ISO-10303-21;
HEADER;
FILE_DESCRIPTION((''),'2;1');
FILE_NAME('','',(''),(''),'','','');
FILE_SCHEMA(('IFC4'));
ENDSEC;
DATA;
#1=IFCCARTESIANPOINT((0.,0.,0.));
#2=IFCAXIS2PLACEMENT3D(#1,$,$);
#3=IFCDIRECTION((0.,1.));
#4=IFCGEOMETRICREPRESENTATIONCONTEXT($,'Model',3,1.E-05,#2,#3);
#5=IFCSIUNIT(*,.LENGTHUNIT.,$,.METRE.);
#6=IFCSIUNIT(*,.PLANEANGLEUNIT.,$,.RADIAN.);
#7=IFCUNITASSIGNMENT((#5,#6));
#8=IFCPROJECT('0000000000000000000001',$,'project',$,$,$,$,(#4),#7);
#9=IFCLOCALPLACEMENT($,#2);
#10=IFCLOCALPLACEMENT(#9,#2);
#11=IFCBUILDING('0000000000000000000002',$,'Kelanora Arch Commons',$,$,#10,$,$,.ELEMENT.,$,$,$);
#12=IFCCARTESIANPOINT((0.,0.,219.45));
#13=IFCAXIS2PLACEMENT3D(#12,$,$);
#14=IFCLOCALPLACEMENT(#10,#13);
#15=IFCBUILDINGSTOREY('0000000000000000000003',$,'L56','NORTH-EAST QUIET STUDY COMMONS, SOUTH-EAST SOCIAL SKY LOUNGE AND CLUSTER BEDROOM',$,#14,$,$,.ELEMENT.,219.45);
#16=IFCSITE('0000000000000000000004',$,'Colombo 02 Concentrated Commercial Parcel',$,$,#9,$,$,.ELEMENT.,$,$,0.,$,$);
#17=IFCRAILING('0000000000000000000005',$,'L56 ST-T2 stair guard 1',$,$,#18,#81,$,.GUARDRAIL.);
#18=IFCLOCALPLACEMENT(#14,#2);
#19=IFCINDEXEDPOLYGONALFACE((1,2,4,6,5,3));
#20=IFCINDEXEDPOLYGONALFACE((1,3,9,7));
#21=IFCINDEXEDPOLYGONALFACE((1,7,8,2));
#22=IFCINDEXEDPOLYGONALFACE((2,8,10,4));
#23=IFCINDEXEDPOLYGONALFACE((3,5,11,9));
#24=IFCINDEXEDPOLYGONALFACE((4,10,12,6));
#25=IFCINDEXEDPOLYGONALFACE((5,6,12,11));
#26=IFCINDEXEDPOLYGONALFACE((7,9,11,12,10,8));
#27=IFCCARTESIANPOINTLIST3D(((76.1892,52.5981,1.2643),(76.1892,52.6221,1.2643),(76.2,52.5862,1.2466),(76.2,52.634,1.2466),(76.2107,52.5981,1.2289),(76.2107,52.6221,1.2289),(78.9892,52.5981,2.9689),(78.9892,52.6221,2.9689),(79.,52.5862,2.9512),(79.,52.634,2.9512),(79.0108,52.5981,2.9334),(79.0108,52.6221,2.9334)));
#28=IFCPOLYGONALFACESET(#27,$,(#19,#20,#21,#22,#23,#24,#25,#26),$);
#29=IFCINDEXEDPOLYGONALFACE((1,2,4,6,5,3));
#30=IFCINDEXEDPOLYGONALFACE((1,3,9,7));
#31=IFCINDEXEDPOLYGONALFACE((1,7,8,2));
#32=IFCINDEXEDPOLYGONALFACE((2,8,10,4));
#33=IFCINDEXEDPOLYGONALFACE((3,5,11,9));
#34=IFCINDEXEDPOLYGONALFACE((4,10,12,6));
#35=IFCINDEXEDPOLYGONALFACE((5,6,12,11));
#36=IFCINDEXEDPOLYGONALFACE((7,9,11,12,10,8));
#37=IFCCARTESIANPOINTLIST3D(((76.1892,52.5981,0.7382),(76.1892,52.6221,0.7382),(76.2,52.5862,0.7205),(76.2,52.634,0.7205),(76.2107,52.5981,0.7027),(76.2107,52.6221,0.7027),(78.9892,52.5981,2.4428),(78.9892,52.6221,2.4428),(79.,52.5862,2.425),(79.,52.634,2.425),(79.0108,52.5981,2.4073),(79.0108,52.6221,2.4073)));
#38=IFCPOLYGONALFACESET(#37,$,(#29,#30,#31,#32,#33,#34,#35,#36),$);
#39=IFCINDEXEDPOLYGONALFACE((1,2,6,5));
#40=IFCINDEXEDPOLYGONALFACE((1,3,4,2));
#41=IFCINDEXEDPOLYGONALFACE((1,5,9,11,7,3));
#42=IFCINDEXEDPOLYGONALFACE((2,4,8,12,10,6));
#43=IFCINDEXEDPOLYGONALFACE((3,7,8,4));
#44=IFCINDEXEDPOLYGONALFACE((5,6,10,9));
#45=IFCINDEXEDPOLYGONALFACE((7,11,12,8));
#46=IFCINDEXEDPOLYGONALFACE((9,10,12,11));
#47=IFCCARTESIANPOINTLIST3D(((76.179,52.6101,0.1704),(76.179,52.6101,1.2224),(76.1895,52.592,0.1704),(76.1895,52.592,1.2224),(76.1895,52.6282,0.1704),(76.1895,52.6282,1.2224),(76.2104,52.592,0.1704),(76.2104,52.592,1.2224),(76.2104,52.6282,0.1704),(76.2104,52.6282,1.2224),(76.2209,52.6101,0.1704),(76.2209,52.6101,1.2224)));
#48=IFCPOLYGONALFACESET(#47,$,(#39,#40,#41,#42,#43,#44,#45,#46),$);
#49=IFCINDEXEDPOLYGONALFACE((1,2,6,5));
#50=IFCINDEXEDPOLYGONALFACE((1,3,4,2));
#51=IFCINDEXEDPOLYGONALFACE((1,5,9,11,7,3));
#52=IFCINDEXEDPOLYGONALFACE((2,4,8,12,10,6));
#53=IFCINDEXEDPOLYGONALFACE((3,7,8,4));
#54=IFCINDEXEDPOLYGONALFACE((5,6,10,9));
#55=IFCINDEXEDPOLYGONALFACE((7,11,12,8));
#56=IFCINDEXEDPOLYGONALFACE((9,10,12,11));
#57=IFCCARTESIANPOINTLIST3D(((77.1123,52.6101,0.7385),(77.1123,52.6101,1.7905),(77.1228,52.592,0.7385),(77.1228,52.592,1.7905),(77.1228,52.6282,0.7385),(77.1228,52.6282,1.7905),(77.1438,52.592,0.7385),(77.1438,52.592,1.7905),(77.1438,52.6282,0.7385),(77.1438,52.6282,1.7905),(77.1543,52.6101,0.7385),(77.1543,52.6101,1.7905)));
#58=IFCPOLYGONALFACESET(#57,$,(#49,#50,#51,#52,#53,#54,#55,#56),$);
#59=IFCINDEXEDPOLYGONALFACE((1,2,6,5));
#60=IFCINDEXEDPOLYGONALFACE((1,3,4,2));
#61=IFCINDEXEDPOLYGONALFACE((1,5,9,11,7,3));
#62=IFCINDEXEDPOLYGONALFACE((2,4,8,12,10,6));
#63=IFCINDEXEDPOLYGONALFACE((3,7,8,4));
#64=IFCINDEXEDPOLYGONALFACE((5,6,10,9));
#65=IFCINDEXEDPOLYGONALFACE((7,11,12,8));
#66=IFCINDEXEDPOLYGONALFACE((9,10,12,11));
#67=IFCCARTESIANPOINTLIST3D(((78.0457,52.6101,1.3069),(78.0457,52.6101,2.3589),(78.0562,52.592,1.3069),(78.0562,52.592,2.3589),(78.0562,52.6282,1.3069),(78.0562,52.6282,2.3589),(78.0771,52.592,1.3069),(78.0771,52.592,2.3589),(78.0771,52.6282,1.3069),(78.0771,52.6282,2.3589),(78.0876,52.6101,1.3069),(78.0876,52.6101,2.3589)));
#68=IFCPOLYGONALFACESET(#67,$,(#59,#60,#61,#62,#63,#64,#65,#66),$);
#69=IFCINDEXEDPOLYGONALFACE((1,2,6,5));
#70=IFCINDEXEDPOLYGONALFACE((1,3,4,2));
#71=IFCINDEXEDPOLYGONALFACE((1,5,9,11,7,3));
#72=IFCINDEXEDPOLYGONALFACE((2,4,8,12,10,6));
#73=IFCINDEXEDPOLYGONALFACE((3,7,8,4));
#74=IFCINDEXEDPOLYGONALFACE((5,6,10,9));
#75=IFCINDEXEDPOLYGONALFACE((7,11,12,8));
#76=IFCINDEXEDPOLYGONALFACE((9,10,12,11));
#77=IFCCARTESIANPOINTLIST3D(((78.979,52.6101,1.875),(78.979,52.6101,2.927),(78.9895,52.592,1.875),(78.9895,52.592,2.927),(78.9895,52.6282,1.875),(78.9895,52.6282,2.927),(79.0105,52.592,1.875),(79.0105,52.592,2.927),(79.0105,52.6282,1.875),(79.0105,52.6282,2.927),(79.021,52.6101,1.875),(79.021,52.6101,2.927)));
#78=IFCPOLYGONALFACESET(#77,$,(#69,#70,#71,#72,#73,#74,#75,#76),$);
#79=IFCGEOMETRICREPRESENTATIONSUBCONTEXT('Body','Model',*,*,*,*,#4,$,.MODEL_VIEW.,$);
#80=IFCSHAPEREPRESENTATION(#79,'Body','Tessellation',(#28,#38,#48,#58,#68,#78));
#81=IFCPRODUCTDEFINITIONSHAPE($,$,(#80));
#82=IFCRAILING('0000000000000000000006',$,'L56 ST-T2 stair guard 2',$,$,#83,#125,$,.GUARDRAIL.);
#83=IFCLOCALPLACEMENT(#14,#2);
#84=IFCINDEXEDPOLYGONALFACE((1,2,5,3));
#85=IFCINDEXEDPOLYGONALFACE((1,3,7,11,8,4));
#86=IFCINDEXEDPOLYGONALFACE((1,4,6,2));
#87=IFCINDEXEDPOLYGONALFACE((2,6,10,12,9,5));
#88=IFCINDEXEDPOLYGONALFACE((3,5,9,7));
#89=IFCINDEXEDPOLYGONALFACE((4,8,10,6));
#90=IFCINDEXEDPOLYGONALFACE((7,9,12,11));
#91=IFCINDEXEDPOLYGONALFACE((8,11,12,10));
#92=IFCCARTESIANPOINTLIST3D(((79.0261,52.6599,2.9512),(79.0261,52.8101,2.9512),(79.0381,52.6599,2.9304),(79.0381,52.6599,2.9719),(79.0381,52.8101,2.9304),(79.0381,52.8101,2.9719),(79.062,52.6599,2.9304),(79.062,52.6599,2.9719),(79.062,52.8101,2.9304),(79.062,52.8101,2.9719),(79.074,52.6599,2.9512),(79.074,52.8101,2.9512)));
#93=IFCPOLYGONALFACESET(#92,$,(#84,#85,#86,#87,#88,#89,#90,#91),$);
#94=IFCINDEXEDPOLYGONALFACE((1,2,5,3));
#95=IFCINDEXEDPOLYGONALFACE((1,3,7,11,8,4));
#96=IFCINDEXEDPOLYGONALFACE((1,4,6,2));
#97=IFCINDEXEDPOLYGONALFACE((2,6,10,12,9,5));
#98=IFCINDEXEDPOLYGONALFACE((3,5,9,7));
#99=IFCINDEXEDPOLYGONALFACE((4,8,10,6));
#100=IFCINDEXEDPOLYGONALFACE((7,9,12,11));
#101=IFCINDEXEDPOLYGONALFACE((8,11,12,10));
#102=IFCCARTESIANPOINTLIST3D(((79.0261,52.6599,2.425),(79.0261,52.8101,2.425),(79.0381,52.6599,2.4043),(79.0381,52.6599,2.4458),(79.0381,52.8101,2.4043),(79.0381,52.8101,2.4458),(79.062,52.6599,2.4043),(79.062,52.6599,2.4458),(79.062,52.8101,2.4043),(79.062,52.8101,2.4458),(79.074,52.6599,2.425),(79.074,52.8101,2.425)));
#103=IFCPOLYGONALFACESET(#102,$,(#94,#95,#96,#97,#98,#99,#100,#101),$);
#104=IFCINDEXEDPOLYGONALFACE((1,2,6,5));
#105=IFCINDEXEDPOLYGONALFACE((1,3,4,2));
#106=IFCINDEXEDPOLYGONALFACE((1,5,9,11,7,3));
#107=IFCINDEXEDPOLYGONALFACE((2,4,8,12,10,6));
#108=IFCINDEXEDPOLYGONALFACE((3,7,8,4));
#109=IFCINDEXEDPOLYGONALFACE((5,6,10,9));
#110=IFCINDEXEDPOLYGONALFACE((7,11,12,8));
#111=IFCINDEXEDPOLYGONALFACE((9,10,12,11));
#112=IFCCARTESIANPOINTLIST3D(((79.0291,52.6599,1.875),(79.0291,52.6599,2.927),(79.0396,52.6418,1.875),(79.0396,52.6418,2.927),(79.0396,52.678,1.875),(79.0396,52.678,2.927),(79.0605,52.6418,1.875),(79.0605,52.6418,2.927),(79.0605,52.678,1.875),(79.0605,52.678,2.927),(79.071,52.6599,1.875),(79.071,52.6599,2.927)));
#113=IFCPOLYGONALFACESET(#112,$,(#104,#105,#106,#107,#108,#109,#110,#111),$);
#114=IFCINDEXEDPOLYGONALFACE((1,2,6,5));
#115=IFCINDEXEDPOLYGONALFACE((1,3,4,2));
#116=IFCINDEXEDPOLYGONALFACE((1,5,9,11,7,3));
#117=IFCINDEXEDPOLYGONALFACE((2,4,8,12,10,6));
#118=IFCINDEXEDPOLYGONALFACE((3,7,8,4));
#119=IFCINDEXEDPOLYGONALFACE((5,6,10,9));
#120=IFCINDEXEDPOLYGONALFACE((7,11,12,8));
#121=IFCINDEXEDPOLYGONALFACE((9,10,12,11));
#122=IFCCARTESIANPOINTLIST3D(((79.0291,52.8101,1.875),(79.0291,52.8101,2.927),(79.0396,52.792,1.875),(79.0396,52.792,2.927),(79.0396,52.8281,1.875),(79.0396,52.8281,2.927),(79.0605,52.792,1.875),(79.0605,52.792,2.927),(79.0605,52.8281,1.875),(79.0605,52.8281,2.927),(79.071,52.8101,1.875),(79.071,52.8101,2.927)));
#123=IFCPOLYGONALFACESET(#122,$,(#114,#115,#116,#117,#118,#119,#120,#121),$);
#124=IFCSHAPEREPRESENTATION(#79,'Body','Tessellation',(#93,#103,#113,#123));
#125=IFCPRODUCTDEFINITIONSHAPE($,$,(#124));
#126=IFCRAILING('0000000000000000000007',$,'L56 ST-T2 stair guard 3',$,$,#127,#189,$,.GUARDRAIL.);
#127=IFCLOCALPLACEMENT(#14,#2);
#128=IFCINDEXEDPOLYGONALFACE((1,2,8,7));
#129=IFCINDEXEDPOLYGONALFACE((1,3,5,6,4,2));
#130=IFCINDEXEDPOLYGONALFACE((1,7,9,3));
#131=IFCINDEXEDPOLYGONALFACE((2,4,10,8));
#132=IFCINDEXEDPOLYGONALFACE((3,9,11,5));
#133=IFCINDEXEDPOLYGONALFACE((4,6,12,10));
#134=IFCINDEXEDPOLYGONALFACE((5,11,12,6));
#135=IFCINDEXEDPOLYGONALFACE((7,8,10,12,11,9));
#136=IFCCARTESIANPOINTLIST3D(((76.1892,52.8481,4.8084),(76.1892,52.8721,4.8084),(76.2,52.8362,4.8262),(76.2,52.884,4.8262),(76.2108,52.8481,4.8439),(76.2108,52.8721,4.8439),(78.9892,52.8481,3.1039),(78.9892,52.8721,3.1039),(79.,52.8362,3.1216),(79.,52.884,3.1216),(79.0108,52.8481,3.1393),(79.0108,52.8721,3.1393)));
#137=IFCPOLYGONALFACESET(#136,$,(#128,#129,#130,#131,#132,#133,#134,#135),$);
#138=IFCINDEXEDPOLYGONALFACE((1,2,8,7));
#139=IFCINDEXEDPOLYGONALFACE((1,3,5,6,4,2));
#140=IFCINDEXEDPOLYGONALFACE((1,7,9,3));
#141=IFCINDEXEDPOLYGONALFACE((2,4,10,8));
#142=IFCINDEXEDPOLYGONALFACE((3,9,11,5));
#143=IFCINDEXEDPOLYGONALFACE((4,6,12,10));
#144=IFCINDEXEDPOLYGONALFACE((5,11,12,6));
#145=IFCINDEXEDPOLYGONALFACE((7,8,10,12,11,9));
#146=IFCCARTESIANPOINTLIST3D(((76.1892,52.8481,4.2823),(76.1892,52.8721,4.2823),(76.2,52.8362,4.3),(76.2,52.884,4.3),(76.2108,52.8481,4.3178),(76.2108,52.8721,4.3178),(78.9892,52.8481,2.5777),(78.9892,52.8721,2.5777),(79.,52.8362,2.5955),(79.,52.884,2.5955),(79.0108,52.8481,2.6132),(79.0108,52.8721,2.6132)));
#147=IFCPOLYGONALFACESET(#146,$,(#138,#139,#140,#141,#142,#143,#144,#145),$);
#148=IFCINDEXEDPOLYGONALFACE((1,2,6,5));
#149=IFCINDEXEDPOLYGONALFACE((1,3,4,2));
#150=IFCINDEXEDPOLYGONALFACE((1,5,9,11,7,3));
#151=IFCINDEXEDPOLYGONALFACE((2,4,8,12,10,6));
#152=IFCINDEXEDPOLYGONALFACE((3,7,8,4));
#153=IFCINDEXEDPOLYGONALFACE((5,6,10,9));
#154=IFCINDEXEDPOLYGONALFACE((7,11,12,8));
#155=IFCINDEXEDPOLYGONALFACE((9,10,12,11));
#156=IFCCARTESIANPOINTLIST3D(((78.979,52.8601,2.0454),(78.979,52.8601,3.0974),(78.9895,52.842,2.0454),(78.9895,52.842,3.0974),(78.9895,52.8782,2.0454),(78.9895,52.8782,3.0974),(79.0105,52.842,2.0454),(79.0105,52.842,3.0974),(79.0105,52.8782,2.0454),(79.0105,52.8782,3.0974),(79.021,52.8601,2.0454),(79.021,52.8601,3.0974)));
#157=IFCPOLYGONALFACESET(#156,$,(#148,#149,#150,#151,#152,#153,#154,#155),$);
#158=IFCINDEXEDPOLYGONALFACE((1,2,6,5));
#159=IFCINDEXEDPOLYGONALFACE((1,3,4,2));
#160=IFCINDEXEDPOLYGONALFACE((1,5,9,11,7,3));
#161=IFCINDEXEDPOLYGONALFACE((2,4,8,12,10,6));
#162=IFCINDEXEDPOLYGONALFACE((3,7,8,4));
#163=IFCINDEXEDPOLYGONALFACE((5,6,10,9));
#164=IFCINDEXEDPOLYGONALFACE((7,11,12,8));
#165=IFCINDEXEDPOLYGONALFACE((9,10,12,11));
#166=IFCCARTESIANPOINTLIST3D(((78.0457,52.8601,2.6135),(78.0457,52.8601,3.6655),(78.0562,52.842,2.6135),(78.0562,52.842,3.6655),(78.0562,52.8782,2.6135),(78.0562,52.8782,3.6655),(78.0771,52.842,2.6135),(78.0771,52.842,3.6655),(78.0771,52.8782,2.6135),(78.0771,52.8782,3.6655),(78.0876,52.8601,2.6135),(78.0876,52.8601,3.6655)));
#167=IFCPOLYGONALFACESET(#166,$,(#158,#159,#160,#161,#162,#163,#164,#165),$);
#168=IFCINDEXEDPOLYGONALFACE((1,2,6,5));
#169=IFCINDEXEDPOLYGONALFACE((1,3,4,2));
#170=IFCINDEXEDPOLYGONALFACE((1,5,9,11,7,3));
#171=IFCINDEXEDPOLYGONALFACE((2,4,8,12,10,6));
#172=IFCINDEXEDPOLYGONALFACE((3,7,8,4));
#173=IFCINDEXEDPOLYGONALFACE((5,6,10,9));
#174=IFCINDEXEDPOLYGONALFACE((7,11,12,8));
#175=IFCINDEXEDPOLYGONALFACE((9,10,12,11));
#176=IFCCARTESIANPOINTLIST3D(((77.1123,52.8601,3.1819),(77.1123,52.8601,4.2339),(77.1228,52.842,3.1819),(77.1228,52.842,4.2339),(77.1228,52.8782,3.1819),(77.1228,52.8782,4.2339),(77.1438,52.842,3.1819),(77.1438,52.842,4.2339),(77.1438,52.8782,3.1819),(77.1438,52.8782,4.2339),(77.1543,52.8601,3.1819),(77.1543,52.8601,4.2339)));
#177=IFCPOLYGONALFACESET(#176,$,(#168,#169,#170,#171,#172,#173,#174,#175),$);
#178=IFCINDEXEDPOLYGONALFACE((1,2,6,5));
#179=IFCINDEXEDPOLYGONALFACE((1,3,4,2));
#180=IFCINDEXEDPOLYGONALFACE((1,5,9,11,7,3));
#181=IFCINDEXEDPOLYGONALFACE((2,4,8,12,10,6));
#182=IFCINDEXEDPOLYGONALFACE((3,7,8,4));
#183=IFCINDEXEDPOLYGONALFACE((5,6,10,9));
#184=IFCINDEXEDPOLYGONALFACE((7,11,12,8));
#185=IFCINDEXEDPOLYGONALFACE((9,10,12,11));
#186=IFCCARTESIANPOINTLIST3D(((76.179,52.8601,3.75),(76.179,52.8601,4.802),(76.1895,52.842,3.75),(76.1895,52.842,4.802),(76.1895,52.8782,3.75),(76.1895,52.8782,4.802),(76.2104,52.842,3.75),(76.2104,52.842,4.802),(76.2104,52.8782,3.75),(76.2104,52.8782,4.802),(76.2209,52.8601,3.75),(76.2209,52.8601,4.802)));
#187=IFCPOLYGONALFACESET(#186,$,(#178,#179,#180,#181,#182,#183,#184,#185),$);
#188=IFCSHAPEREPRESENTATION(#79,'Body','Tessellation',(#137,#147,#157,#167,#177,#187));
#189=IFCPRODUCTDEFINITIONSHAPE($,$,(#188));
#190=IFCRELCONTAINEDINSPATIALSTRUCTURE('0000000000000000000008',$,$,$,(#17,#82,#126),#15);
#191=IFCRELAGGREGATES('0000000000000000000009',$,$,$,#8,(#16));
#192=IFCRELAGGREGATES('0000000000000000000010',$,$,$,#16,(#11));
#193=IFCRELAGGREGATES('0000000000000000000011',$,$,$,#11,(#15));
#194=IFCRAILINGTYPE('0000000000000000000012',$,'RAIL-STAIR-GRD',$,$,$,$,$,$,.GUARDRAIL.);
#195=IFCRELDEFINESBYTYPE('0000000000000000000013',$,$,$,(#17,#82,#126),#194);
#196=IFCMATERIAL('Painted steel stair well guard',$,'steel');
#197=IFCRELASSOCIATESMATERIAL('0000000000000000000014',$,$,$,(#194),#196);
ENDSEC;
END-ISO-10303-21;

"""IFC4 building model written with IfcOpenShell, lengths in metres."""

from ifc_helpers import new_model, si_unit, direction, frame, origin, place, context, subcontext, project, spatial, polyline, outline, extrude, material, type_object, element, save


model = new_model("IFC4")

# Units and contexts
model_context = context("Model", 3, precision=1e-05, world=origin(), true_north=direction((0.0, 1.0)))
body_context = subcontext(model_context, "Body", "Model", "MODEL_VIEW")
ifc_project = project(units=[si_unit("LENGTHUNIT", "METRE"), si_unit("PLANEANGLEUNIT", "RADIAN")], contexts=[model_context])

# Site, building, storey
site_placement = place(None, origin())
site = spatial("IfcSite", under=ifc_project, at=site_placement, Name="Colombo 02 Concentrated Commercial Parcel", CompositionType="ELEMENT", RefElevation=0.0)
building_placement = place(site_placement, origin())
building = spatial("IfcBuilding", under=site, at=building_placement, Name="Kelanora Arch Commons", CompositionType="ELEMENT")
storey_placement = place(building_placement, frame((0.0, 0.0, 219.45)))
storey = spatial("IfcBuildingStorey", under=building, at=storey_placement, Name="L56", Description="NORTH-EAST QUIET STUDY COMMONS, SOUTH-EAST SOCIAL SKY LOUNGE AND CLUSTER BEDROOM", CompositionType="ELEMENT", Elevation=219.45)

# Railings
ifc_material_1 = material(Name="Painted steel stair well guard", Category="steel")
railing_type_1 = type_object("IfcRailingType", Name="RAIL-STAIR-GRD", PredefinedType="GUARDRAIL", material=ifc_material_1)
railing_1_placement = place(storey_placement, frame((76.2, 52.6101, 0.1704)))
element("IfcRailing", 1, at=railing_1_placement, inside=storey, type_object=railing_type_1, Name="L56 ST-T2 stair guard 1", PredefinedType="GUARDRAIL", context=body_context, shape_type="SweptSolid", body=[
    extrude(outline(polyline([(0.0239, 0.0), (0.012, 0.0208), (-0.012, 0.0208), (-0.0239, 0.0), (-0.012, -0.0208), (0.012, -0.0208), (0.0239, 0.0)])), frame((0.0, 0.0, 1.0762), z_axis=(0.85417, 0.0, 0.519994), x_axis=(0.0, 1.0, 0.0)), (0.0, 0.0, 1.0), 3.2781),
    extrude(outline(polyline([(0.0239, 0.0), (0.012, 0.0208), (-0.012, 0.0208), (-0.0239, 0.0), (-0.012, -0.0208), (0.012, -0.0208), (0.0239, 0.0)])), frame((0.0, 0.0, 0.55), z_axis=(0.85417, 0.0, 0.519994), x_axis=(0.0, 1.0, 0.0)), (0.0, 0.0, 1.0), 3.2781),
    extrude(outline(polyline([(0.021, 0.0), (0.0105, 0.0181), (-0.0105, 0.0181), (-0.021, 0.0), (-0.0105, -0.0181), (0.0105, -0.0181), (0.021, 0.0)])), origin(), (0.0, 0.0, 1.0), 1.052),
    extrude(outline(polyline([(0.021, 0.0), (0.0105, 0.0181), (-0.0105, 0.0181), (-0.021, 0.0), (-0.0105, -0.0181), (0.0105, -0.0181), (0.021, 0.0)])), frame((0.9333, 0.0, 0.5681)), (0.0, 0.0, 1.0), 1.052),
    extrude(outline(polyline([(0.021, 0.0), (0.0105, 0.0181), (-0.0105, 0.0181), (-0.021, 0.0), (-0.0105, -0.0181), (0.0105, -0.0181), (0.021, 0.0)])), frame((1.8667, 0.0, 1.1365)), (0.0, 0.0, 1.0), 1.052),
    extrude(outline(polyline([(0.021, 0.0), (0.0105, 0.0181), (-0.0105, 0.0181), (-0.021, 0.0), (-0.0105, -0.0181), (0.0105, -0.0181), (0.021, 0.0)])), frame((2.8, 0.0, 1.7046)), (0.0, 0.0, 1.0), 1.052),
])
railing_2_placement = place(storey_placement, frame((79.05, 52.6599, 1.875)))
element("IfcRailing", 2, at=railing_2_placement, inside=storey, type_object=railing_type_1, Name="L56 ST-T2 stair guard 2", PredefinedType="GUARDRAIL", context=body_context, shape_type="SweptSolid", body=[
    extrude(outline(polyline([(0.0239, 0.0), (0.012, 0.0208), (-0.012, 0.0208), (-0.0239, 0.0), (-0.012, -0.0208), (0.012, -0.0208), (0.0239, 0.0)])), frame((0.0, 0.0, 1.0762), z_axis=(0.0, 1.0, 0.0), x_axis=(-1.0, 0.0, 0.0)), (0.0, 0.0, 1.0), 0.1501),
    extrude(outline(polyline([(0.0239, 0.0), (0.012, 0.0208), (-0.012, 0.0208), (-0.0239, 0.0), (-0.012, -0.0208), (0.012, -0.0208), (0.0239, 0.0)])), frame((0.0, 0.0, 0.55), z_axis=(0.0, 1.0, 0.0), x_axis=(-1.0, 0.0, 0.0)), (0.0, 0.0, 1.0), 0.1501),
    extrude(outline(polyline([(0.021, 0.0), (0.0105, 0.0181), (-0.0105, 0.0181), (-0.021, 0.0), (-0.0105, -0.0181), (0.0105, -0.0181), (0.021, 0.0)])), origin(), (0.0, 0.0, 1.0), 1.052),
    extrude(outline(polyline([(0.021, 0.0), (0.0105, 0.0181), (-0.0105, 0.0181), (-0.021, 0.0), (-0.0105, -0.0181), (0.0105, -0.0181), (0.021, 0.0)])), frame((0.0, 0.1501, 0.0)), (0.0, 0.0, 1.0), 1.052),
])
railing_3_placement = place(storey_placement, frame((79.0, 52.8601, 2.0454)))
element("IfcRailing", 3, at=railing_3_placement, inside=storey, type_object=railing_type_1, Name="L56 ST-T2 stair guard 3", PredefinedType="GUARDRAIL", context=body_context, shape_type="SweptSolid", body=[
    extrude(outline(polyline([(0.0239, 0.0), (0.012, 0.0208), (-0.012, 0.0208), (-0.0239, 0.0), (-0.012, -0.0208), (0.012, -0.0208), (0.0239, 0.0)])), frame((0.0, 0.0, 1.0762), z_axis=(-0.85417, 0.0, 0.519994), x_axis=(0.0, -1.0, 0.0)), (0.0, 0.0, 1.0), 3.2781),
    extrude(outline(polyline([(0.0239, 0.0), (0.012, 0.0208), (-0.012, 0.0208), (-0.0239, 0.0), (-0.012, -0.0208), (0.012, -0.0208), (0.0239, 0.0)])), frame((0.0, 0.0, 0.55), z_axis=(-0.85417, 0.0, 0.519994), x_axis=(0.0, -1.0, 0.0)), (0.0, 0.0, 1.0), 3.2781),
    extrude(outline(polyline([(0.021, 0.0), (0.0105, 0.0181), (-0.0105, 0.0181), (-0.021, 0.0), (-0.0105, -0.0181), (0.0105, -0.0181), (0.021, 0.0)])), origin(), (0.0, 0.0, 1.0), 1.052),
    extrude(outline(polyline([(0.021, 0.0), (0.0105, 0.0181), (-0.0105, 0.0181), (-0.021, 0.0), (-0.0105, -0.0181), (0.0105, -0.0181), (0.021, 0.0)])), frame((-0.9333, 0.0, 0.5681)), (0.0, 0.0, 1.0), 1.052),
    extrude(outline(polyline([(0.021, 0.0), (0.0105, 0.0181), (-0.0105, 0.0181), (-0.021, 0.0), (-0.0105, -0.0181), (0.0105, -0.0181), (0.021, 0.0)])), frame((-1.8667, 0.0, 1.1365)), (0.0, 0.0, 1.0), 1.052),
    extrude(outline(polyline([(0.021, 0.0), (0.0105, 0.0181), (-0.0105, 0.0181), (-0.021, 0.0), (-0.0105, -0.0181), (0.0105, -0.0181), (0.021, 0.0)])), frame((-2.8, 0.0, 1.7046)), (0.0, 0.0, 1.0), 1.052),
])

save(model, "model.ifc")
